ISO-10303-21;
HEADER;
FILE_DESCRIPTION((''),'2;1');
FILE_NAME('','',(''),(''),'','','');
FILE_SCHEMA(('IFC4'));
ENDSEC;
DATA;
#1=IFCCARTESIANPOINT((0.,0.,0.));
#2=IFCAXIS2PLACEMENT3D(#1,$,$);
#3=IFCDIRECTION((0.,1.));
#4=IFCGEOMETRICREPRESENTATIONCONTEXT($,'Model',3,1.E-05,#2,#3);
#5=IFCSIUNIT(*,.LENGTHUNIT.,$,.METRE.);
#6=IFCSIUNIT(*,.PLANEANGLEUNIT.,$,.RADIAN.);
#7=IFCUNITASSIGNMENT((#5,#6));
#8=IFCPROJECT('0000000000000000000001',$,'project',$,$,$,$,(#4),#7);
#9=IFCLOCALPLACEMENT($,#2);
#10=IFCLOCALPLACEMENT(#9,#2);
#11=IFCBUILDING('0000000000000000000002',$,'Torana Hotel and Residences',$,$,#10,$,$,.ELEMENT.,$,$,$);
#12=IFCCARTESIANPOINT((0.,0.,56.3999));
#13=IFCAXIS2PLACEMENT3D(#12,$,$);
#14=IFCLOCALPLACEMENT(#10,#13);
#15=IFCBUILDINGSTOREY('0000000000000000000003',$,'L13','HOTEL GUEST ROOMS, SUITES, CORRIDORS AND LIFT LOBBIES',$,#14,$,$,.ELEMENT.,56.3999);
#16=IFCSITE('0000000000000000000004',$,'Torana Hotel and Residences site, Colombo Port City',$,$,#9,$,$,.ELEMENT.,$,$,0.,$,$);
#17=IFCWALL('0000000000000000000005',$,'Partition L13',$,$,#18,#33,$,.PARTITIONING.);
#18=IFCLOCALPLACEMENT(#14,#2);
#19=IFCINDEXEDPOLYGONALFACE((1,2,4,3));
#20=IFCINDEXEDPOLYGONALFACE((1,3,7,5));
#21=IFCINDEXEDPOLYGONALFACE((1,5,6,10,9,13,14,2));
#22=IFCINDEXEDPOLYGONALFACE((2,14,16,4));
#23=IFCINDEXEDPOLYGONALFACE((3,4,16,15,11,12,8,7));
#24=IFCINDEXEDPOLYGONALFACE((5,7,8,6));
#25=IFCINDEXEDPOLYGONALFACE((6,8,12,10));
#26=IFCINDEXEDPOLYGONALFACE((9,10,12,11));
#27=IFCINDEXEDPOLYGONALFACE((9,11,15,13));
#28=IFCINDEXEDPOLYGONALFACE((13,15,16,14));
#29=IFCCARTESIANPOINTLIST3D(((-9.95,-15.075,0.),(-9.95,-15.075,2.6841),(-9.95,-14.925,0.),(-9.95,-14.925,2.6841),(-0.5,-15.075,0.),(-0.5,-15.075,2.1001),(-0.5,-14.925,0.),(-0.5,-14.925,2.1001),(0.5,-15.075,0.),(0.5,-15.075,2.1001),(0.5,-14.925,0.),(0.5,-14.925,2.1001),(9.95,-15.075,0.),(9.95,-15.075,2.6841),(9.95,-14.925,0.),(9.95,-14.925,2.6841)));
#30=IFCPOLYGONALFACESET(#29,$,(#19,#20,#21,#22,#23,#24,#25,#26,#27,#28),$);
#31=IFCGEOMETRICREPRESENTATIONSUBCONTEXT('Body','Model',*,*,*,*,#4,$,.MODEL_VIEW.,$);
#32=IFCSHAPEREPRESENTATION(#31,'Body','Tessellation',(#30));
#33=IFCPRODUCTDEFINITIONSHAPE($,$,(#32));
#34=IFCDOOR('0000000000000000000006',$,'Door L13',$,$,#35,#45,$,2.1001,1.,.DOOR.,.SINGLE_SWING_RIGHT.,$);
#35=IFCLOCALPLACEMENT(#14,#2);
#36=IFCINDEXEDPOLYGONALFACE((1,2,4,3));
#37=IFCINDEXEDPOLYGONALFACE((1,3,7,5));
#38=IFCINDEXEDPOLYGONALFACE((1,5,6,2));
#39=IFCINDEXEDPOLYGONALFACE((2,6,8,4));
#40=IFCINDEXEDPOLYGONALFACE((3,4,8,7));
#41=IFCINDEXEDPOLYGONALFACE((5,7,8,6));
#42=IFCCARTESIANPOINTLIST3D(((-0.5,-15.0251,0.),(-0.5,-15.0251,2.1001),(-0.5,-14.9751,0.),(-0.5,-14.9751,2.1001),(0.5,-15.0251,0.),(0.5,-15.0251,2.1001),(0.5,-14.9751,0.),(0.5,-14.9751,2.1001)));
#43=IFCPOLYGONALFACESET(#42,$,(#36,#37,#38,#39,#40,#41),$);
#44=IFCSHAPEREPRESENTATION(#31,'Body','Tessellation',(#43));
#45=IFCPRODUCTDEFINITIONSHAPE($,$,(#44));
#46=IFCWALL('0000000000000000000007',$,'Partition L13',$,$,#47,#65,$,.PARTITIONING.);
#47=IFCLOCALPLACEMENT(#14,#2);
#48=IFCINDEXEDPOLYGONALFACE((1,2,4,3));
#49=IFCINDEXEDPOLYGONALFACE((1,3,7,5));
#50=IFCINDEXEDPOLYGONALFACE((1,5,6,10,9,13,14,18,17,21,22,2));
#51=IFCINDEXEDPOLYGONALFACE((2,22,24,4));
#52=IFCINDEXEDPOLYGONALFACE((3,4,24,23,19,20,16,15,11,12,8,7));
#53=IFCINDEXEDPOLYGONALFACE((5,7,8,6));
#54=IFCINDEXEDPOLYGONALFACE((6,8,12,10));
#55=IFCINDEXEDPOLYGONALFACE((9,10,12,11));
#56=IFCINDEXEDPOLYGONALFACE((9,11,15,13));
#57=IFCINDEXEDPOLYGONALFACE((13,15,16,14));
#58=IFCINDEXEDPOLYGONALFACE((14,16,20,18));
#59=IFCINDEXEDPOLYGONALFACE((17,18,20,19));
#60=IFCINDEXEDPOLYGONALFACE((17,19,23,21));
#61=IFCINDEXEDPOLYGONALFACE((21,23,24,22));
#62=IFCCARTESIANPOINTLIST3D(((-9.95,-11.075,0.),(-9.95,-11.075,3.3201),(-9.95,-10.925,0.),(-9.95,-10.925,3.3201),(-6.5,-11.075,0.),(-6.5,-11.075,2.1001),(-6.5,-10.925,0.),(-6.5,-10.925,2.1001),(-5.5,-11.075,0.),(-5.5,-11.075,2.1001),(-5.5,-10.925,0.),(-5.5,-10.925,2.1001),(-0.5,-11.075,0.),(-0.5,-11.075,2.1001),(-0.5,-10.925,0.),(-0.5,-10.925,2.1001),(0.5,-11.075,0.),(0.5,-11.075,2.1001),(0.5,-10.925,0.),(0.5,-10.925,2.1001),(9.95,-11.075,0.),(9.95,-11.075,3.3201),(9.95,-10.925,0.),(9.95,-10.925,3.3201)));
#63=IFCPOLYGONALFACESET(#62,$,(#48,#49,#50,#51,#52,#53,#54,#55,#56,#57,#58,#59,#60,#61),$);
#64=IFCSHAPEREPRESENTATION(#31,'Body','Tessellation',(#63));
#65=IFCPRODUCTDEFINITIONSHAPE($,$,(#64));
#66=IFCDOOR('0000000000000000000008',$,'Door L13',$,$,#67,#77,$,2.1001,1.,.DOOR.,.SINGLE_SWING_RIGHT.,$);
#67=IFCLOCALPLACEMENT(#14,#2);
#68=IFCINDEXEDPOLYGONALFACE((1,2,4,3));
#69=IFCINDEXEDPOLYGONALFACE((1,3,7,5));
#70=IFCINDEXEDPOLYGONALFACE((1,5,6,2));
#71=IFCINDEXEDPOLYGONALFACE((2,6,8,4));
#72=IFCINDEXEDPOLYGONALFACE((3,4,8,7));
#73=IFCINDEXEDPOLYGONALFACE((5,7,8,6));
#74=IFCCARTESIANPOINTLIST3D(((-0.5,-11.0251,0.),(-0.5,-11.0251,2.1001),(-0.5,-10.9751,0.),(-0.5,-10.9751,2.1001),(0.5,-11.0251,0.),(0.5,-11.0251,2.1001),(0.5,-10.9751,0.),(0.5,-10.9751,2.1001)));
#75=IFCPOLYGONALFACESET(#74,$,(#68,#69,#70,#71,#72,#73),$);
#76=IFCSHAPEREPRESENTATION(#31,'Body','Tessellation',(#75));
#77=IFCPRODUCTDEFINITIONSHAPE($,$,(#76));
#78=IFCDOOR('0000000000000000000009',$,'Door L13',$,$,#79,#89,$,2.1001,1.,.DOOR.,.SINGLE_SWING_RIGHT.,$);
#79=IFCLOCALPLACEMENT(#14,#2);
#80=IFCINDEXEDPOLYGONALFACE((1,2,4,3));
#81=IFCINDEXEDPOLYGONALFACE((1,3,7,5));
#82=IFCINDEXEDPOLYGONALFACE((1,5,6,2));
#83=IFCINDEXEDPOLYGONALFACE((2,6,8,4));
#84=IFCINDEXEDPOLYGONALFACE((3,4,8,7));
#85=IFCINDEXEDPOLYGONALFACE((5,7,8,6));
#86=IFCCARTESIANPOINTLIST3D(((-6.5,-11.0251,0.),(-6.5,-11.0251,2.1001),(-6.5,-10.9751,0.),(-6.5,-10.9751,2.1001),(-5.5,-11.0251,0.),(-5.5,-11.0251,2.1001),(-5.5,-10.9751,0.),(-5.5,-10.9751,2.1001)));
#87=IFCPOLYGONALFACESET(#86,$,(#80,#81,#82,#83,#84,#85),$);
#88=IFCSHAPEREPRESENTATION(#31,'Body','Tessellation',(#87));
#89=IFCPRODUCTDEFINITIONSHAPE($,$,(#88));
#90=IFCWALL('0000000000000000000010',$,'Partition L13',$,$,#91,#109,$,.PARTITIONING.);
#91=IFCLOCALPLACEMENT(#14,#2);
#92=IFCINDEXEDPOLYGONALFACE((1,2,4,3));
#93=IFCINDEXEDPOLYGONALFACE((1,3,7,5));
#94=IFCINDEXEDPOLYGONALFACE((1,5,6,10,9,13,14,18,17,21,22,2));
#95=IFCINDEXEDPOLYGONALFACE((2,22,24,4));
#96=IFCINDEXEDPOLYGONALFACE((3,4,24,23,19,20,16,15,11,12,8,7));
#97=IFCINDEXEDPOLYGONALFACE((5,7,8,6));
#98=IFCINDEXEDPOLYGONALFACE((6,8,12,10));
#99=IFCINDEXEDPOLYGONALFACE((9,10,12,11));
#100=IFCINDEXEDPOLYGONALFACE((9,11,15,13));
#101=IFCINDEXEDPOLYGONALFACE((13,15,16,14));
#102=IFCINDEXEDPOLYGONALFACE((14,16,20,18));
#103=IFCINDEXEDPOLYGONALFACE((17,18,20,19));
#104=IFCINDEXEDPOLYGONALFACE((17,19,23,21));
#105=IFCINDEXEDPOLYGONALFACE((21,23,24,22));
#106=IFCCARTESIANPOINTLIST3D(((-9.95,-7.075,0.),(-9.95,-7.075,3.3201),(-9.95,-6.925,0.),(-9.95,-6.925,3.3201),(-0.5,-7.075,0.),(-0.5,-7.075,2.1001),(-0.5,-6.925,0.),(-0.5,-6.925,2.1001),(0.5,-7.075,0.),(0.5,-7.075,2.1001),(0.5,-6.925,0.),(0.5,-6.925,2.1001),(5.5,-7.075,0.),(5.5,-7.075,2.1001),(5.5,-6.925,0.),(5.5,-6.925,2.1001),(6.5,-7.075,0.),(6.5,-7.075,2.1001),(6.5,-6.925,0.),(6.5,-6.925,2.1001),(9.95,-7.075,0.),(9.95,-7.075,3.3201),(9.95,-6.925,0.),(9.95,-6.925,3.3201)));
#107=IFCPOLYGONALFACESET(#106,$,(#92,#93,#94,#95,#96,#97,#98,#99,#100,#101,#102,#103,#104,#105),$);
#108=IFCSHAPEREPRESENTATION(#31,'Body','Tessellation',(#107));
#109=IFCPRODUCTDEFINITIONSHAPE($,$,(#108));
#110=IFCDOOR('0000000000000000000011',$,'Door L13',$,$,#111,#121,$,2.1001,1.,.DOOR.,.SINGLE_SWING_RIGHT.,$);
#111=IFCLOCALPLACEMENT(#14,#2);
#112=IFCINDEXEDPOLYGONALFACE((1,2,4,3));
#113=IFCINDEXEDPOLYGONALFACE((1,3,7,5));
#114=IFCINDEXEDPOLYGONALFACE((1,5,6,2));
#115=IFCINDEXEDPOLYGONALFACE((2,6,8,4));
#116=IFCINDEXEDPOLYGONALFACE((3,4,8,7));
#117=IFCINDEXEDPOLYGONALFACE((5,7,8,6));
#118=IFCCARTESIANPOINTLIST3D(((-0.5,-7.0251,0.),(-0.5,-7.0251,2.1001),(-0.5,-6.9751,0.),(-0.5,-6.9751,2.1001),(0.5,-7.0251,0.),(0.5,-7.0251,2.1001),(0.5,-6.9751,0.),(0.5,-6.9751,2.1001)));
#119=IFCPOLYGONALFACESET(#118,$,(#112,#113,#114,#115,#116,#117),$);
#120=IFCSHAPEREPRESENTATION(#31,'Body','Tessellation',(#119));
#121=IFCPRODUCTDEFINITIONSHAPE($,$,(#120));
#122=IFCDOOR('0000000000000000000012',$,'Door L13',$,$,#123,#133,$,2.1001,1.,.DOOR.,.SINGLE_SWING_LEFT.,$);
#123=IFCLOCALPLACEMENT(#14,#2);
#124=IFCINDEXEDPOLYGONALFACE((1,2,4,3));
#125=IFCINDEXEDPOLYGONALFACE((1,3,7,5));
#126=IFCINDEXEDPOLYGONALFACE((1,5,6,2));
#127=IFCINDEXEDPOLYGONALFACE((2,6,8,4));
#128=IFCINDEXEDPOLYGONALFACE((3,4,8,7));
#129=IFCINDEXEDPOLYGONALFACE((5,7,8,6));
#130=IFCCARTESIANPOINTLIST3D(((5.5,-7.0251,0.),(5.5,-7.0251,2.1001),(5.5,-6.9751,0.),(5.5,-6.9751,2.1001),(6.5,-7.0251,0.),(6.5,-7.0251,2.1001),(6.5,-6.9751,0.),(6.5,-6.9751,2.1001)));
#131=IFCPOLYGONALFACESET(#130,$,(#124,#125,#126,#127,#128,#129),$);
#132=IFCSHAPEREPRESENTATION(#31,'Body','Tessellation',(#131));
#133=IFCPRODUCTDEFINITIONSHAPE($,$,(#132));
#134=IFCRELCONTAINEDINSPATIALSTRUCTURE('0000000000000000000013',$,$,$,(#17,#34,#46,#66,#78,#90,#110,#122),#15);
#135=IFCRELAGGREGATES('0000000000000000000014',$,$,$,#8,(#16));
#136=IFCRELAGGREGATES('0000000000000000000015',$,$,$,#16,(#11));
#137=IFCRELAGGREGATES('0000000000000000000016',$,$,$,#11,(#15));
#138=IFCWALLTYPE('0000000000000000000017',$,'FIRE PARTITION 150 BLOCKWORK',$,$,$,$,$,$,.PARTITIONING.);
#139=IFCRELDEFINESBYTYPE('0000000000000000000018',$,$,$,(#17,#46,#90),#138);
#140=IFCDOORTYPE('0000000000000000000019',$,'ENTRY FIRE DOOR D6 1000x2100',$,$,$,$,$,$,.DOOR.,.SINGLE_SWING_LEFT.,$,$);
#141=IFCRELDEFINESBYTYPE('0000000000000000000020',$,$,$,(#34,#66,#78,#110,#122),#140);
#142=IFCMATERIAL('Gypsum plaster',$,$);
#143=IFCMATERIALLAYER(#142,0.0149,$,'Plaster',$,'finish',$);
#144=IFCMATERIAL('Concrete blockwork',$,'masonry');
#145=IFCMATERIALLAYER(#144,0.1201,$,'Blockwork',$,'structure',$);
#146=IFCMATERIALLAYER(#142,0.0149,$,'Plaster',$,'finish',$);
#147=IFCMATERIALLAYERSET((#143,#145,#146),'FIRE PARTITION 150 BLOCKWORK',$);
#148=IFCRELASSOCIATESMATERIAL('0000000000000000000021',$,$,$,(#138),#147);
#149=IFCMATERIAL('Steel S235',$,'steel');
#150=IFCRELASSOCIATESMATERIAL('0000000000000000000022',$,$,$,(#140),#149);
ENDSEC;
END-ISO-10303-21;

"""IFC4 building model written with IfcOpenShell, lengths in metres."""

from ifc_helpers import new_model, si_unit, direction, frame, frame_2d, origin, place, context, subcontext, project, spatial, rectangle, extrude, material, layer, layer_set, type_object, element, fill, save


model = new_model("IFC4")

# Units and contexts
model_context = context("Model", 3, precision=1e-05, world=origin(), true_north=direction((0.0, 1.0)))
body_context = subcontext(model_context, "Body", "Model", "MODEL_VIEW")
ifc_project = project(units=[si_unit("LENGTHUNIT", "METRE"), si_unit("PLANEANGLEUNIT", "RADIAN")], contexts=[model_context])

# Site, building, storey
site_placement = place(None, origin())
site = spatial("IfcSite", under=ifc_project, at=site_placement, Name="Torana Hotel and Residences site, Colombo Port City", CompositionType="ELEMENT", RefElevation=0.0)
building_placement = place(site_placement, origin())
building = spatial("IfcBuilding", under=site, at=building_placement, Name="Torana Hotel and Residences", CompositionType="ELEMENT")
storey_placement = place(building_placement, frame((0.0, 0.0, 56.3999)))
storey = spatial("IfcBuildingStorey", under=building, at=storey_placement, Name="L13", Description="HOTEL GUEST ROOMS, SUITES, CORRIDORS AND LIFT LOBBIES", CompositionType="ELEMENT", Elevation=56.3999)

# Shared definitions
ifc_material_1 = material(Name="Gypsum plaster")
ifc_layer_1 = layer(ifc_material_1, 0.0149, Name="Plaster", Category="finish")
ifc_material_2 = material(Name="Concrete blockwork", Category="masonry")
ifc_layer_2 = layer(ifc_material_2, 0.1201, Name="Blockwork", Category="structure")
ifc_layer_3 = layer(ifc_material_1, 0.0149, Name="Plaster", Category="finish")
ifc_layer_set_1 = layer_set([ifc_layer_1, ifc_layer_2, ifc_layer_3], Name="FIRE PARTITION 150 BLOCKWORK")
wall_type_1 = type_object("IfcWallType", Name="FIRE PARTITION 150 BLOCKWORK", PredefinedType="PARTITIONING", material=ifc_layer_set_1)

# Wall, opening, door
wall_1_placement = place(storey_placement, frame((-9.95, -15.0, 0.0), z_axis=(0.0, 0.0, 1.0), x_axis=(1.0, 0.0, 0.0)))
wall_1 = element("IfcWall", 1, at=wall_1_placement, inside=storey, type_object=wall_type_1, Name="Partition L13", PredefinedType="PARTITIONING", context=body_context, shape_type="SweptSolid", body=[
    extrude(rectangle(XDim=19.8999, YDim=0.1499, at=frame_2d((9.95, 0.0))), origin(), (0.0, 0.0, 1.0), 2.6841),
])
opening_1_placement = place(wall_1_placement, frame((9.45, 0.0, 0.0)))
opening_1 = element("IfcOpeningElement", 2, at=opening_1_placement, cuts=wall_1, PredefinedType="OPENING", context=body_context, shape_type="SweptSolid", body=[
    extrude(rectangle(XDim=1.0, YDim=2.1001, at=frame_2d((0.5, 1.05))), frame((0.0, 0.085, 0.0), z_axis=(0.0, -1.0, 0.0), x_axis=(1.0, 0.0, 0.0)), (0.0, 0.0, 1.0), 0.1699),
])
ifc_material_3 = material(Name="Steel S235", Category="steel")
door_type = type_object("IfcDoorType", Name="ENTRY FIRE DOOR D6 1000x2100", OperationType="SINGLE_SWING_LEFT", PredefinedType="DOOR", material=ifc_material_3)
door_1_placement = place(opening_1_placement, origin())
door_1 = element("IfcDoor", 3, at=door_1_placement, inside=storey, type_object=door_type, Name="Door L13", OperationType="SINGLE_SWING_RIGHT", OverallHeight=2.1001, OverallWidth=1.0, PredefinedType="DOOR", context=body_context, shape_type="SweptSolid", body=[
    extrude(rectangle(XDim=1.0, YDim=2.1001, at=frame_2d((0.5, 1.05))), frame((0.0, 0.0249, 0.0), z_axis=(0.0, -1.0, 0.0), x_axis=(1.0, 0.0, 0.0)), (0.0, 0.0, 1.0), 0.05),
])
fill(opening_1, door_1)

# Walls, openings, doors
wall_2_placement = place(storey_placement, frame((-9.95, -11.0, 0.0), z_axis=(0.0, 0.0, 1.0), x_axis=(1.0, 0.0, 0.0)))
wall_2 = element("IfcWall", 4, at=wall_2_placement, inside=storey, type_object=wall_type_1, Name="Partition L13", PredefinedType="PARTITIONING", context=body_context, shape_type="SweptSolid", body=[
    extrude(rectangle(XDim=19.8999, YDim=0.1499, at=frame_2d((9.95, 0.0))), origin(), (0.0, 0.0, 1.0), 3.3201),
])
opening_2_placement = place(wall_2_placement, frame((9.45, 0.0, 0.0)))
opening_2 = element("IfcOpeningElement", 5, at=opening_2_placement, cuts=wall_2, PredefinedType="OPENING", context=body_context, shape_type="SweptSolid", body=[
    extrude(rectangle(XDim=1.0, YDim=2.1001, at=frame_2d((0.5, 1.05))), frame((0.0, 0.085, 0.0), z_axis=(0.0, -1.0, 0.0), x_axis=(1.0, 0.0, 0.0)), (0.0, 0.0, 1.0), 0.1699),
])
opening_3_placement = place(wall_2_placement, frame((3.45, 0.0, 0.0)))
opening_3 = element("IfcOpeningElement", 6, at=opening_3_placement, cuts=wall_2, PredefinedType="OPENING", context=body_context, shape_type="SweptSolid", body=[
    extrude(rectangle(XDim=1.0, YDim=2.1001, at=frame_2d((0.5, 1.05))), frame((0.0, 0.085, 0.0), z_axis=(0.0, -1.0, 0.0), x_axis=(1.0, 0.0, 0.0)), (0.0, 0.0, 1.0), 0.1699),
])
door_2_placement = place(opening_2_placement, origin())
door_2 = element("IfcDoor", 7, at=door_2_placement, inside=storey, type_object=door_type, Name="Door L13", OperationType="SINGLE_SWING_RIGHT", OverallHeight=2.1001, OverallWidth=1.0, PredefinedType="DOOR", context=body_context, shape_type="SweptSolid", body=[
    extrude(rectangle(XDim=1.0, YDim=2.1001, at=frame_2d((0.5, 1.05))), frame((0.0, 0.0249, 0.0), z_axis=(0.0, -1.0, 0.0), x_axis=(1.0, 0.0, 0.0)), (0.0, 0.0, 1.0), 0.05),
])
fill(opening_2, door_2)
door_3_placement = place(opening_3_placement, origin())
door_3 = element("IfcDoor", 8, at=door_3_placement, inside=storey, type_object=door_type, Name="Door L13", OperationType="SINGLE_SWING_RIGHT", OverallHeight=2.1001, OverallWidth=1.0, PredefinedType="DOOR", context=body_context, shape_type="SweptSolid", body=[
    extrude(rectangle(XDim=1.0, YDim=2.1001, at=frame_2d((0.5, 1.05))), frame((0.0, 0.0249, 0.0), z_axis=(0.0, -1.0, 0.0), x_axis=(1.0, 0.0, 0.0)), (0.0, 0.0, 1.0), 0.05),
])
fill(opening_3, door_3)
wall_3_placement = place(storey_placement, frame((-9.95, -7.0, 0.0), z_axis=(0.0, 0.0, 1.0), x_axis=(1.0, 0.0, 0.0)))
wall_3 = element("IfcWall", 9, at=wall_3_placement, inside=storey, type_object=wall_type_1, Name="Partition L13", PredefinedType="PARTITIONING", context=body_context, shape_type="SweptSolid", body=[
    extrude(rectangle(XDim=19.8999, YDim=0.1499, at=frame_2d((9.95, 0.0))), origin(), (0.0, 0.0, 1.0), 3.3201),
])
opening_4_placement = place(wall_3_placement, frame((9.45, 0.0, 0.0)))
opening_4 = element("IfcOpeningElement", 10, at=opening_4_placement, cuts=wall_3, PredefinedType="OPENING", context=body_context, shape_type="SweptSolid", body=[
    extrude(rectangle(XDim=1.0, YDim=2.1001, at=frame_2d((0.5, 1.05))), frame((0.0, 0.085, 0.0), z_axis=(0.0, -1.0, 0.0), x_axis=(1.0, 0.0, 0.0)), (0.0, 0.0, 1.0), 0.1699),
])
opening_5_placement = place(wall_3_placement, frame((15.45, 0.0, 0.0)))
opening_5 = element("IfcOpeningElement", 11, at=opening_5_placement, cuts=wall_3, PredefinedType="OPENING", context=body_context, shape_type="SweptSolid", body=[
    extrude(rectangle(XDim=1.0, YDim=2.1001, at=frame_2d((0.5, 1.05))), frame((0.0, 0.085, 0.0), z_axis=(0.0, -1.0, 0.0), x_axis=(1.0, 0.0, 0.0)), (0.0, 0.0, 1.0), 0.1699),
])
door_4_placement = place(opening_4_placement, origin())
door_4 = element("IfcDoor", 12, at=door_4_placement, inside=storey, type_object=door_type, Name="Door L13", OperationType="SINGLE_SWING_RIGHT", OverallHeight=2.1001, OverallWidth=1.0, PredefinedType="DOOR", context=body_context, shape_type="SweptSolid", body=[
    extrude(rectangle(XDim=1.0, YDim=2.1001, at=frame_2d((0.5, 1.05))), frame((0.0, 0.0249, 0.0), z_axis=(0.0, -1.0, 0.0), x_axis=(1.0, 0.0, 0.0)), (0.0, 0.0, 1.0), 0.05),
])
fill(opening_4, door_4)
door_5_placement = place(opening_5_placement, frame((0.5, 0.0, 0.0), z_axis=(0.0, 0.0, 1.0), x_axis=(-1.0, 0.0, 0.0)))
door_5 = element("IfcDoor", 13, at=door_5_placement, inside=storey, type_object=door_type, Name="Door L13", OperationType="SINGLE_SWING_LEFT", OverallHeight=2.1001, OverallWidth=1.0, PredefinedType="DOOR", context=body_context, shape_type="SweptSolid", body=[
    extrude(rectangle(XDim=1.0, YDim=2.1001, at=frame_2d((0.0, 1.05))), frame((0.0, -0.0249, 0.0), z_axis=(0.0, 1.0, 0.0), x_axis=(-1.0, 0.0, 0.0)), (0.0, 0.0, 1.0), 0.05),
])
fill(opening_5, door_5)

save(model, "model.ifc")
